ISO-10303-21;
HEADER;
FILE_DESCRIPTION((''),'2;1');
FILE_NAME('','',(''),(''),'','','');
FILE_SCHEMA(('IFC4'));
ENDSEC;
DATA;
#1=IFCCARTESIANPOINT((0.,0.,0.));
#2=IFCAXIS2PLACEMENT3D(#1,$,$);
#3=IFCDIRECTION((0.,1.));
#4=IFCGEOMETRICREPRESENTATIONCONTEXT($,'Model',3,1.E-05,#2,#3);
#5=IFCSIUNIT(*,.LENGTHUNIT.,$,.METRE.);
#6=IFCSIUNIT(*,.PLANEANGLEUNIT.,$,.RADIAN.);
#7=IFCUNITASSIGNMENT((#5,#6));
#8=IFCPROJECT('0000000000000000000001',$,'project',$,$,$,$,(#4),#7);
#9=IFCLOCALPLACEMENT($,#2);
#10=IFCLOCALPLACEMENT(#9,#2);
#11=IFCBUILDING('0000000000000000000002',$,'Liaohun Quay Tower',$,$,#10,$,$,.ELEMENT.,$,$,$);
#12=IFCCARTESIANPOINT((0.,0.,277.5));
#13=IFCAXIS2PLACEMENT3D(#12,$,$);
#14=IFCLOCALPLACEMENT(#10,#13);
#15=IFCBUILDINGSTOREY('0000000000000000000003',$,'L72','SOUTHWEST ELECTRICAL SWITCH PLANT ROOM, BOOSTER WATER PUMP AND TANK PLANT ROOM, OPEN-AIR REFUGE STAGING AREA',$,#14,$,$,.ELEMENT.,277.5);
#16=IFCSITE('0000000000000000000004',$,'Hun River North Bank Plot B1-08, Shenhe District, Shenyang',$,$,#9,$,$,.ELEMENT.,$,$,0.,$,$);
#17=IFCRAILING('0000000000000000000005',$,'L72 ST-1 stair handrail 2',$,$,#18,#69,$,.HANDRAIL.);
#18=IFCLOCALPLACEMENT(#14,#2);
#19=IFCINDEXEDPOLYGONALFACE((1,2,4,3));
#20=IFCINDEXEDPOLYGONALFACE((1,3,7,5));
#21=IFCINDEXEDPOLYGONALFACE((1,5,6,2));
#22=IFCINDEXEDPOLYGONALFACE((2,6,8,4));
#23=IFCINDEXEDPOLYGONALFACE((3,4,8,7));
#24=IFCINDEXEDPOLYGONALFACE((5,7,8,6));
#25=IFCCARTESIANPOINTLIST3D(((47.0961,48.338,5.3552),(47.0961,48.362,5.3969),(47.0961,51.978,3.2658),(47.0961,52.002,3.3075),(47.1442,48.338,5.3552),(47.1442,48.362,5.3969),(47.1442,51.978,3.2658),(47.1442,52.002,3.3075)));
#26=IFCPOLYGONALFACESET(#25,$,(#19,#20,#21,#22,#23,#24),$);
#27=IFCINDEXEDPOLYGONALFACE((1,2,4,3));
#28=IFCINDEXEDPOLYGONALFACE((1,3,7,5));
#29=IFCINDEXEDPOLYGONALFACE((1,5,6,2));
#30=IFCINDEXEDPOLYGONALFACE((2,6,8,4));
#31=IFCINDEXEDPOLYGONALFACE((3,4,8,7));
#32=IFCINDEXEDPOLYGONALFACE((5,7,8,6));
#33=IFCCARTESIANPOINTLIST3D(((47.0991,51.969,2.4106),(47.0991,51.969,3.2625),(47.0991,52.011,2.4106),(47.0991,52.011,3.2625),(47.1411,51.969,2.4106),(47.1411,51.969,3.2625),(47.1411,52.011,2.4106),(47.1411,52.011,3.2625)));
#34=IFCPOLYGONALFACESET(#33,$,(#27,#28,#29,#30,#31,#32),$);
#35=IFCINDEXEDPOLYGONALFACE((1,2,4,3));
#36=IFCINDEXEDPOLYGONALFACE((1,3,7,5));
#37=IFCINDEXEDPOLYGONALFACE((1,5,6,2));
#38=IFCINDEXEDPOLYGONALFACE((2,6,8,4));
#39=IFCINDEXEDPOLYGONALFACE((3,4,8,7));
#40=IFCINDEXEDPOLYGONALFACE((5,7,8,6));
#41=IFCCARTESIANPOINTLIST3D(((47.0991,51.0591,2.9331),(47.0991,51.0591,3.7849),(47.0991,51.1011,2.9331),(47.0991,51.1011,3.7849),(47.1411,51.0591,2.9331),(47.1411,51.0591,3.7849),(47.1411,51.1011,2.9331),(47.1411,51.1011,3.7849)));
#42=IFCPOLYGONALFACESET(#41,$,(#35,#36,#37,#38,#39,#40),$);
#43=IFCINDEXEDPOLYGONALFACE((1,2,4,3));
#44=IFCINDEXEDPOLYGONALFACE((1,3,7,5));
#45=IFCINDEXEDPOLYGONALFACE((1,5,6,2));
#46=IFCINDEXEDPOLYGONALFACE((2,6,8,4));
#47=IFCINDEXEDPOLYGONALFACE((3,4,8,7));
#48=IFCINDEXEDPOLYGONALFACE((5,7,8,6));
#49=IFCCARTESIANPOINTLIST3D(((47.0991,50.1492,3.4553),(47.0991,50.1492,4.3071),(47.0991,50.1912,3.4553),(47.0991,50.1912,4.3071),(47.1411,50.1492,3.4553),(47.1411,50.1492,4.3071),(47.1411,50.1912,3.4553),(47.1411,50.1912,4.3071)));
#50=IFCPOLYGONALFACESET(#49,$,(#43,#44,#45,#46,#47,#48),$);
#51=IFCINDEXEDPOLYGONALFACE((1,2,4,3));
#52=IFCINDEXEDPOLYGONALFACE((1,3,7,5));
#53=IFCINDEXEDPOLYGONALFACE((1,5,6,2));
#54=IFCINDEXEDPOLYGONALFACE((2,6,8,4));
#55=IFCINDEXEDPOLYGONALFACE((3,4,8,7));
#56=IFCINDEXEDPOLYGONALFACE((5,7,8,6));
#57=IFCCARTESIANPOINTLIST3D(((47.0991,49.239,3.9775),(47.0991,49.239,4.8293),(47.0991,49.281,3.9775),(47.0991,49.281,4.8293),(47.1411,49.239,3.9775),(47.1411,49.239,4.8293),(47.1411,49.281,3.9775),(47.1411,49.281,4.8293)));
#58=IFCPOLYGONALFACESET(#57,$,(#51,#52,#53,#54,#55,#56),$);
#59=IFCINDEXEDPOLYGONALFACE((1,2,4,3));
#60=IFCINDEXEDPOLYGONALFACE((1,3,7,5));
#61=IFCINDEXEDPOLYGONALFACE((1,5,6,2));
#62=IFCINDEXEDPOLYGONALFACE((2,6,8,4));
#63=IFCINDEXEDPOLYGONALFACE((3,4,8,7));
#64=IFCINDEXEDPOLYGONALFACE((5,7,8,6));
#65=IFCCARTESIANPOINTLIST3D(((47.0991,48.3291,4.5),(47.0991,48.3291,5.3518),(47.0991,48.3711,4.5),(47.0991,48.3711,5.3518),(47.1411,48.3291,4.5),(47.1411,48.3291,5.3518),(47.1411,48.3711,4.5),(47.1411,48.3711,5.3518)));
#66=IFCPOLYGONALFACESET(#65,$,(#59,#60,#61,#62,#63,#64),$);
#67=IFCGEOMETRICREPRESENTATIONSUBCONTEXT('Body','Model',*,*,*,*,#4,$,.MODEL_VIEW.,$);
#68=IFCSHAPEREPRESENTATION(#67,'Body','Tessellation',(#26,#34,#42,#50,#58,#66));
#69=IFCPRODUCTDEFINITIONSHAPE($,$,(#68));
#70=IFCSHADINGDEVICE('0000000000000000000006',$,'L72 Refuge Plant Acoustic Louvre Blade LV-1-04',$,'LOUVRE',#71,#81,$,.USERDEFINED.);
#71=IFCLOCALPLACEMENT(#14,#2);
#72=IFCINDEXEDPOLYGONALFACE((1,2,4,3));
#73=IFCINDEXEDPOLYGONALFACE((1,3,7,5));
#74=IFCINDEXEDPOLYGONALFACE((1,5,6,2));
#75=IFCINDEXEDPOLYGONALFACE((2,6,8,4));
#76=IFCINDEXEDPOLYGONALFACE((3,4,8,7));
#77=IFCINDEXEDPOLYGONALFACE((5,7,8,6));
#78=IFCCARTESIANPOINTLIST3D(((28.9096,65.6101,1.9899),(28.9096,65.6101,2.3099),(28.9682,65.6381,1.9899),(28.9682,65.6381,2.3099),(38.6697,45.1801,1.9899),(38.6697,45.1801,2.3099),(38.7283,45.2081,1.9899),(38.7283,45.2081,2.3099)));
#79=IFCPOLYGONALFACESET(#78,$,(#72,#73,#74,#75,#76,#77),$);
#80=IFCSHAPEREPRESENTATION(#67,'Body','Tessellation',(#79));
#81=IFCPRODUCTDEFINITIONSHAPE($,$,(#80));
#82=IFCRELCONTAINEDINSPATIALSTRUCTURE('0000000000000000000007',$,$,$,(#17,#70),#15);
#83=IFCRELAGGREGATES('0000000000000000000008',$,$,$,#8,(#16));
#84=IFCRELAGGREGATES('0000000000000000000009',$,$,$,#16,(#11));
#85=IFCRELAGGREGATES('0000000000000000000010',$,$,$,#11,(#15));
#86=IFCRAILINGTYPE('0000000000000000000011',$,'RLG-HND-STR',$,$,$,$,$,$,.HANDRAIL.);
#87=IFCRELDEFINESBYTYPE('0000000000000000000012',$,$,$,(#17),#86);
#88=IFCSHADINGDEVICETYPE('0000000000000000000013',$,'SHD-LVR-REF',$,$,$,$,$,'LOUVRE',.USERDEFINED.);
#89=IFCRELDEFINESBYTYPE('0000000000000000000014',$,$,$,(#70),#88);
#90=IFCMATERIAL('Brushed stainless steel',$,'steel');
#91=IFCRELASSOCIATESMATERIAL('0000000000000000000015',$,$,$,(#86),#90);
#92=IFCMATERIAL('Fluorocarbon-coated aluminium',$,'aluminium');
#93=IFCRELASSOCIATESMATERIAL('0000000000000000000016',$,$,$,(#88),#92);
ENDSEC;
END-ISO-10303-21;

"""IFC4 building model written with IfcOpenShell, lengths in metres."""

from ifc_helpers import new_model, si_unit, direction, frame, origin, origin_2d, place, context, subcontext, project, spatial, rectangle, extrude, source, transform, mapped, material, material_profile, profile_set, type_object, element, save


model = new_model("IFC4")

# Units and contexts
model_context = context("Model", 3, precision=1e-05, world=origin(), true_north=direction((0.0, 1.0)))
body_context = subcontext(model_context, "Body", "Model", "MODEL_VIEW")
ifc_project = project(units=[si_unit("LENGTHUNIT", "METRE"), si_unit("PLANEANGLEUNIT", "RADIAN")], contexts=[model_context])

# Site, building, storey
site_placement = place(None, origin())
site = spatial("IfcSite", under=ifc_project, at=site_placement, Name="Hun River North Bank Plot B1-08, Shenhe District, Shenyang", CompositionType="ELEMENT", RefElevation=0.0)
building_placement = place(site_placement, origin())
building = spatial("IfcBuilding", under=site, at=building_placement, Name="Liaohun Quay Tower", CompositionType="ELEMENT")
storey_placement = place(building_placement, frame((0.0, 0.0, 277.5)))
storey = spatial("IfcBuildingStorey", under=building, at=storey_placement, Name="L72", Description="SOUTHWEST ELECTRICAL SWITCH PLANT ROOM, BOOSTER WATER PUMP AND TANK PLANT ROOM, OPEN-AIR REFUGE STAGING AREA", CompositionType="ELEMENT", Elevation=277.5)

# Railing
ifc_material_1 = material(Name="Brushed stainless steel", Category="steel")
railing_type_1 = type_object("IfcRailingType", Name="RLG-HND-STR", PredefinedType="HANDRAIL", material=ifc_material_1)
railing_1_placement = place(storey_placement, frame((47.1201, 51.99, 2.4106)))
element("IfcRailing", 1, at=railing_1_placement, inside=storey, type_object=railing_type_1, Name="L72 ST-1 stair handrail 2", PredefinedType="HANDRAIL", context=body_context, shape_type="SweptSolid", body=[
    extrude(rectangle(XDim=0.0481, YDim=0.0481, at=origin_2d()), frame((0.0, 0.0, 0.876), z_axis=(0.0, -0.867275, 0.497829), x_axis=(1.0, 0.0, 0.0)), (0.0, 0.0, 1.0), 4.197),
    extrude(rectangle(XDim=0.042, YDim=0.042, at=origin_2d()), origin(), (0.0, 0.0, 1.0), 0.8518),
    extrude(rectangle(XDim=0.042, YDim=0.042, at=origin_2d()), frame((0.0, -0.9099, 0.5225)), (0.0, 0.0, 1.0), 0.8518),
    extrude(rectangle(XDim=0.042, YDim=0.042, at=origin_2d()), frame((0.0, -1.8198, 1.0447)), (0.0, 0.0, 1.0), 0.8518),
    extrude(rectangle(XDim=0.042, YDim=0.042, at=origin_2d()), frame((0.0, -2.73, 1.5669)), (0.0, 0.0, 1.0), 0.8518),
    extrude(rectangle(XDim=0.042, YDim=0.042, at=origin_2d()), frame((0.0, -3.6399, 2.0894)), (0.0, 0.0, 1.0), 0.8518),
])

# Shading device
ifc_material_2 = material(Name="Fluorocarbon-coated aluminium", Category="aluminium")
ifc_material_profile_1 = material_profile(ifc_material_2, rectangle(XDim=0.0649, YDim=0.3201, at=origin_2d()), Name="ALU-LVR-320x65")
ifc_profile_set_1 = profile_set([ifc_material_profile_1], Name="Fluorocarbon-coated aluminium")
shading_device_type = type_object("IfcShadingDeviceType", Name="SHD-LVR-REF", ElementType="LOUVRE", PredefinedType="USERDEFINED", material=ifc_profile_set_1)
shared_shape_1 = source(origin(), body_context, "Body", "SweptSolid", [
    extrude(rectangle(XDim=0.0649, YDim=0.3201, at=origin_2d()), origin(), (0.0, 0.0, 1.0), 22.6416),
])
shading_device_placement = place(storey_placement, frame((38.699, 45.1941, 2.1499), z_axis=(-0.431066, 0.90232, 0.0), x_axis=(-0.90232, -0.431066, 0.0)))
element("IfcShadingDevice", 2, at=shading_device_placement, inside=storey, type_object=shading_device_type, Name="L72 Refuge Plant Acoustic Louvre Blade LV-1-04", ObjectType="LOUVRE", PredefinedType="USERDEFINED", context=body_context, shape_type="MappedRepresentation", body=[
    mapped(shared_shape_1, transform((0.0, 0.0, 0.0), x_axis=(1.0, 0.0, 0.0), y_axis=(0.0, 1.0, 0.0), z_axis=(0.0, 0.0, 1.0), scale=1.0)),
])

save(model, "model.ifc")
